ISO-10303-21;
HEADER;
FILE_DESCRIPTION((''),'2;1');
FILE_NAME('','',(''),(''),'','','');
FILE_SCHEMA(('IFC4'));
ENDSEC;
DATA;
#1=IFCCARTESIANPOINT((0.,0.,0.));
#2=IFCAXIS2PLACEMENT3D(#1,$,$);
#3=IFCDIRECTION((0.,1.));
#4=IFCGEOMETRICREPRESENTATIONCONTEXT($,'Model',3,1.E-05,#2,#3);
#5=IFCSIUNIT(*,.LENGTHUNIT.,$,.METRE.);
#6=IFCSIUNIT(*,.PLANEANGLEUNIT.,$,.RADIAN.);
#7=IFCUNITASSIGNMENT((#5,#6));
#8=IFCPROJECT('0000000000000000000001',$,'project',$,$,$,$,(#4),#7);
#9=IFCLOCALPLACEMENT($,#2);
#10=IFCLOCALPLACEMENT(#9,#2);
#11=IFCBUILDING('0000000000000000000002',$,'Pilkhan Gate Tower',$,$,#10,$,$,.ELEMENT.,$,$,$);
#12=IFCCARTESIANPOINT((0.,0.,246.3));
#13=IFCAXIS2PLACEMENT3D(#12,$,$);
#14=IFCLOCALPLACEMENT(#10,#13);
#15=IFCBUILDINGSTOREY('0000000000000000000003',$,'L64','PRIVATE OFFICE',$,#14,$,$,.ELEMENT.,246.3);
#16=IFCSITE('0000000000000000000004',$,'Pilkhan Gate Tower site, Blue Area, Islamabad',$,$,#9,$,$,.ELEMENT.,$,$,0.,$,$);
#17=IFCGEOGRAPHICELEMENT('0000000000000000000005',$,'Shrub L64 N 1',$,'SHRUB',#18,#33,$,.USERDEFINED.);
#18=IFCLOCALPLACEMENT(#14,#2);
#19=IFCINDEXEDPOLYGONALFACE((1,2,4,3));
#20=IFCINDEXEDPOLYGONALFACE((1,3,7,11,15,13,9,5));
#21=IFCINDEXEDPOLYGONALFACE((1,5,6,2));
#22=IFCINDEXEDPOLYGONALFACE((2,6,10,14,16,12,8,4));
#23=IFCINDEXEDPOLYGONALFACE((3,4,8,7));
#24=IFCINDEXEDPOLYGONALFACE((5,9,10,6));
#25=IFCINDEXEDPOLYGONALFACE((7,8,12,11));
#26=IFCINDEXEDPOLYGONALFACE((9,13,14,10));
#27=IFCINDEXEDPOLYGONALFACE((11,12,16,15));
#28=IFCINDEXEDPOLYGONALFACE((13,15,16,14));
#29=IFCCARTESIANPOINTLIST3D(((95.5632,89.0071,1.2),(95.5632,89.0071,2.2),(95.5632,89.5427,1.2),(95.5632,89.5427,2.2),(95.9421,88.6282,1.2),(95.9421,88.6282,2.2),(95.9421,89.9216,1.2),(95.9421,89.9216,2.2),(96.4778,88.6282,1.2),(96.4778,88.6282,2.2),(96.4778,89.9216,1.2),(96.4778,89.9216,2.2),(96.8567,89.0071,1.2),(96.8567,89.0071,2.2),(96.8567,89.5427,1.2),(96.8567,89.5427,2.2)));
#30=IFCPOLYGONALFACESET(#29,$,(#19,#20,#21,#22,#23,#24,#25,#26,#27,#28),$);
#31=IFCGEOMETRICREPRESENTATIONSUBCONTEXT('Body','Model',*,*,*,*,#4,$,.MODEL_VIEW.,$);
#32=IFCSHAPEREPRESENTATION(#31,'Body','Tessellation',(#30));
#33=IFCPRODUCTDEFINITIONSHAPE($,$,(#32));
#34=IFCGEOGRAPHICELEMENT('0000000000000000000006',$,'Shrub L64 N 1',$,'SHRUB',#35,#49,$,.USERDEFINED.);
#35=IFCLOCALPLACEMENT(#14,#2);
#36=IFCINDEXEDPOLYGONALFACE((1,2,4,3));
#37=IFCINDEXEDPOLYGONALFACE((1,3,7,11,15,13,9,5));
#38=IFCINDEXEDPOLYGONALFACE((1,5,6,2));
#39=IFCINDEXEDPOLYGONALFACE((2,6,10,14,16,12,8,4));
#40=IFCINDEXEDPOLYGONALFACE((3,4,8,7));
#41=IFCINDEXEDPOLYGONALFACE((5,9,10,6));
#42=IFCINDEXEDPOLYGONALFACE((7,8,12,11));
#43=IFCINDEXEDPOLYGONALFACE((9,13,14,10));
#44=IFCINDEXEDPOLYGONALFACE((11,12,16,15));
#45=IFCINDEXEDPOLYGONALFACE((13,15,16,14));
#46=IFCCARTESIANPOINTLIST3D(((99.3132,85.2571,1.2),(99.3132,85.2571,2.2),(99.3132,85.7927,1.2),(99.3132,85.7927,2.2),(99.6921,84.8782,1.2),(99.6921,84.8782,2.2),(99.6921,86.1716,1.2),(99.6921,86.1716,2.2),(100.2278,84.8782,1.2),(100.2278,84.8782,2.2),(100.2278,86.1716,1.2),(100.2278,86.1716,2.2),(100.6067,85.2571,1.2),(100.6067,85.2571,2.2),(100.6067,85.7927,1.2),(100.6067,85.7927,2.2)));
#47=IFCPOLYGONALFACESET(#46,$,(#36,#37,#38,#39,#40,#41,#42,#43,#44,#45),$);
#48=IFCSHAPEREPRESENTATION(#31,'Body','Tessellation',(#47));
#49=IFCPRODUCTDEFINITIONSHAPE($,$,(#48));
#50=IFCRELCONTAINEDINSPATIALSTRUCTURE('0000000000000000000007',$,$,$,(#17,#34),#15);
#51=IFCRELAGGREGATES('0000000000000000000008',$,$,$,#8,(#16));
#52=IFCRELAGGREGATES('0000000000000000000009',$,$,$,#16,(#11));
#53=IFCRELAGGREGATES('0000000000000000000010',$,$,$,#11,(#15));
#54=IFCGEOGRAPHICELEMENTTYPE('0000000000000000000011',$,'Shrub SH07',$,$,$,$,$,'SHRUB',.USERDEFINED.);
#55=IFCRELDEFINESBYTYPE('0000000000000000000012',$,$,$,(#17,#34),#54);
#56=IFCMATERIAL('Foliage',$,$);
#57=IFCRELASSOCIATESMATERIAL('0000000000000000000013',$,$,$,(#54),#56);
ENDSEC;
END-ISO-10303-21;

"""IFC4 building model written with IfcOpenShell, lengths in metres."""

from ifc_helpers import new_model, si_unit, direction, frame, origin, place, context, subcontext, project, spatial, polyline, outline, extrude, material, material_profile, profile_set, type_object, element, save


model = new_model("IFC4")

# Units and contexts
model_context = context("Model", 3, precision=1e-05, world=origin(), true_north=direction((0.0, 1.0)))
body_context = subcontext(model_context, "Body", "Model", "MODEL_VIEW")
ifc_project = project(units=[si_unit("LENGTHUNIT", "METRE"), si_unit("PLANEANGLEUNIT", "RADIAN")], contexts=[model_context])

# Site, building, storey
site_placement = place(None, origin())
site = spatial("IfcSite", under=ifc_project, at=site_placement, Name="Pilkhan Gate Tower site, Blue Area, Islamabad", CompositionType="ELEMENT", RefElevation=0.0)
building_placement = place(site_placement, origin())
building = spatial("IfcBuilding", under=site, at=building_placement, Name="Pilkhan Gate Tower", CompositionType="ELEMENT")
storey_placement = place(building_placement, frame((0.0, 0.0, 246.3)))
storey = spatial("IfcBuildingStorey", under=building, at=storey_placement, Name="L64", Description="PRIVATE OFFICE", CompositionType="ELEMENT", Elevation=246.3)

# Geographic elements
ifc_material_1 = material(Name="Foliage")
ifc_material_profile_1 = material_profile(ifc_material_1, outline(polyline([(0.6467, 0.2678), (0.2678, 0.6467), (-0.2678, 0.6467), (-0.6467, 0.2678), (-0.6467, -0.2678), (-0.2678, -0.6467), (0.2678, -0.6467), (0.6467, -0.2678), (0.6467, 0.2678)])), Name="Shrub D1.4")
ifc_profile_set_1 = profile_set([ifc_material_profile_1], Name="Foliage")
geographic_element_type_1 = type_object("IfcGeographicElementType", Name="Shrub SH07", ElementType="SHRUB", PredefinedType="USERDEFINED", material=ifc_profile_set_1)
for number, where, z_axis, x_axis, name in (
    (1, (96.21, 89.2749, 1.2), (0.0, 0.0, 1.0), (1.0, 0.0, 0.0), "Shrub L64 N 1"),
    (2, (99.96, 85.5249, 1.2), (0.0, 0.0, 1.0), (1.0, 0.0, 0.0), "Shrub L64 N 1"),
):
    element("IfcGeographicElement", number, at=place(storey_placement, frame(where, z_axis=z_axis, x_axis=x_axis)), inside=storey, type_object=geographic_element_type_1, Name=name, ObjectType="SHRUB", PredefinedType="USERDEFINED", context=body_context, shape_type="SweptSolid", body=[
        extrude(outline(polyline([(0.6467, 0.2678), (0.2678, 0.6467), (-0.2678, 0.6467), (-0.6467, 0.2678), (-0.6467, -0.2678), (-0.2678, -0.6467), (0.2678, -0.6467), (0.6467, -0.2678), (0.6467, 0.2678)])), origin(), (0.0, 0.0, 1.0), 1.0),
    ])

save(model, "model.ifc")
